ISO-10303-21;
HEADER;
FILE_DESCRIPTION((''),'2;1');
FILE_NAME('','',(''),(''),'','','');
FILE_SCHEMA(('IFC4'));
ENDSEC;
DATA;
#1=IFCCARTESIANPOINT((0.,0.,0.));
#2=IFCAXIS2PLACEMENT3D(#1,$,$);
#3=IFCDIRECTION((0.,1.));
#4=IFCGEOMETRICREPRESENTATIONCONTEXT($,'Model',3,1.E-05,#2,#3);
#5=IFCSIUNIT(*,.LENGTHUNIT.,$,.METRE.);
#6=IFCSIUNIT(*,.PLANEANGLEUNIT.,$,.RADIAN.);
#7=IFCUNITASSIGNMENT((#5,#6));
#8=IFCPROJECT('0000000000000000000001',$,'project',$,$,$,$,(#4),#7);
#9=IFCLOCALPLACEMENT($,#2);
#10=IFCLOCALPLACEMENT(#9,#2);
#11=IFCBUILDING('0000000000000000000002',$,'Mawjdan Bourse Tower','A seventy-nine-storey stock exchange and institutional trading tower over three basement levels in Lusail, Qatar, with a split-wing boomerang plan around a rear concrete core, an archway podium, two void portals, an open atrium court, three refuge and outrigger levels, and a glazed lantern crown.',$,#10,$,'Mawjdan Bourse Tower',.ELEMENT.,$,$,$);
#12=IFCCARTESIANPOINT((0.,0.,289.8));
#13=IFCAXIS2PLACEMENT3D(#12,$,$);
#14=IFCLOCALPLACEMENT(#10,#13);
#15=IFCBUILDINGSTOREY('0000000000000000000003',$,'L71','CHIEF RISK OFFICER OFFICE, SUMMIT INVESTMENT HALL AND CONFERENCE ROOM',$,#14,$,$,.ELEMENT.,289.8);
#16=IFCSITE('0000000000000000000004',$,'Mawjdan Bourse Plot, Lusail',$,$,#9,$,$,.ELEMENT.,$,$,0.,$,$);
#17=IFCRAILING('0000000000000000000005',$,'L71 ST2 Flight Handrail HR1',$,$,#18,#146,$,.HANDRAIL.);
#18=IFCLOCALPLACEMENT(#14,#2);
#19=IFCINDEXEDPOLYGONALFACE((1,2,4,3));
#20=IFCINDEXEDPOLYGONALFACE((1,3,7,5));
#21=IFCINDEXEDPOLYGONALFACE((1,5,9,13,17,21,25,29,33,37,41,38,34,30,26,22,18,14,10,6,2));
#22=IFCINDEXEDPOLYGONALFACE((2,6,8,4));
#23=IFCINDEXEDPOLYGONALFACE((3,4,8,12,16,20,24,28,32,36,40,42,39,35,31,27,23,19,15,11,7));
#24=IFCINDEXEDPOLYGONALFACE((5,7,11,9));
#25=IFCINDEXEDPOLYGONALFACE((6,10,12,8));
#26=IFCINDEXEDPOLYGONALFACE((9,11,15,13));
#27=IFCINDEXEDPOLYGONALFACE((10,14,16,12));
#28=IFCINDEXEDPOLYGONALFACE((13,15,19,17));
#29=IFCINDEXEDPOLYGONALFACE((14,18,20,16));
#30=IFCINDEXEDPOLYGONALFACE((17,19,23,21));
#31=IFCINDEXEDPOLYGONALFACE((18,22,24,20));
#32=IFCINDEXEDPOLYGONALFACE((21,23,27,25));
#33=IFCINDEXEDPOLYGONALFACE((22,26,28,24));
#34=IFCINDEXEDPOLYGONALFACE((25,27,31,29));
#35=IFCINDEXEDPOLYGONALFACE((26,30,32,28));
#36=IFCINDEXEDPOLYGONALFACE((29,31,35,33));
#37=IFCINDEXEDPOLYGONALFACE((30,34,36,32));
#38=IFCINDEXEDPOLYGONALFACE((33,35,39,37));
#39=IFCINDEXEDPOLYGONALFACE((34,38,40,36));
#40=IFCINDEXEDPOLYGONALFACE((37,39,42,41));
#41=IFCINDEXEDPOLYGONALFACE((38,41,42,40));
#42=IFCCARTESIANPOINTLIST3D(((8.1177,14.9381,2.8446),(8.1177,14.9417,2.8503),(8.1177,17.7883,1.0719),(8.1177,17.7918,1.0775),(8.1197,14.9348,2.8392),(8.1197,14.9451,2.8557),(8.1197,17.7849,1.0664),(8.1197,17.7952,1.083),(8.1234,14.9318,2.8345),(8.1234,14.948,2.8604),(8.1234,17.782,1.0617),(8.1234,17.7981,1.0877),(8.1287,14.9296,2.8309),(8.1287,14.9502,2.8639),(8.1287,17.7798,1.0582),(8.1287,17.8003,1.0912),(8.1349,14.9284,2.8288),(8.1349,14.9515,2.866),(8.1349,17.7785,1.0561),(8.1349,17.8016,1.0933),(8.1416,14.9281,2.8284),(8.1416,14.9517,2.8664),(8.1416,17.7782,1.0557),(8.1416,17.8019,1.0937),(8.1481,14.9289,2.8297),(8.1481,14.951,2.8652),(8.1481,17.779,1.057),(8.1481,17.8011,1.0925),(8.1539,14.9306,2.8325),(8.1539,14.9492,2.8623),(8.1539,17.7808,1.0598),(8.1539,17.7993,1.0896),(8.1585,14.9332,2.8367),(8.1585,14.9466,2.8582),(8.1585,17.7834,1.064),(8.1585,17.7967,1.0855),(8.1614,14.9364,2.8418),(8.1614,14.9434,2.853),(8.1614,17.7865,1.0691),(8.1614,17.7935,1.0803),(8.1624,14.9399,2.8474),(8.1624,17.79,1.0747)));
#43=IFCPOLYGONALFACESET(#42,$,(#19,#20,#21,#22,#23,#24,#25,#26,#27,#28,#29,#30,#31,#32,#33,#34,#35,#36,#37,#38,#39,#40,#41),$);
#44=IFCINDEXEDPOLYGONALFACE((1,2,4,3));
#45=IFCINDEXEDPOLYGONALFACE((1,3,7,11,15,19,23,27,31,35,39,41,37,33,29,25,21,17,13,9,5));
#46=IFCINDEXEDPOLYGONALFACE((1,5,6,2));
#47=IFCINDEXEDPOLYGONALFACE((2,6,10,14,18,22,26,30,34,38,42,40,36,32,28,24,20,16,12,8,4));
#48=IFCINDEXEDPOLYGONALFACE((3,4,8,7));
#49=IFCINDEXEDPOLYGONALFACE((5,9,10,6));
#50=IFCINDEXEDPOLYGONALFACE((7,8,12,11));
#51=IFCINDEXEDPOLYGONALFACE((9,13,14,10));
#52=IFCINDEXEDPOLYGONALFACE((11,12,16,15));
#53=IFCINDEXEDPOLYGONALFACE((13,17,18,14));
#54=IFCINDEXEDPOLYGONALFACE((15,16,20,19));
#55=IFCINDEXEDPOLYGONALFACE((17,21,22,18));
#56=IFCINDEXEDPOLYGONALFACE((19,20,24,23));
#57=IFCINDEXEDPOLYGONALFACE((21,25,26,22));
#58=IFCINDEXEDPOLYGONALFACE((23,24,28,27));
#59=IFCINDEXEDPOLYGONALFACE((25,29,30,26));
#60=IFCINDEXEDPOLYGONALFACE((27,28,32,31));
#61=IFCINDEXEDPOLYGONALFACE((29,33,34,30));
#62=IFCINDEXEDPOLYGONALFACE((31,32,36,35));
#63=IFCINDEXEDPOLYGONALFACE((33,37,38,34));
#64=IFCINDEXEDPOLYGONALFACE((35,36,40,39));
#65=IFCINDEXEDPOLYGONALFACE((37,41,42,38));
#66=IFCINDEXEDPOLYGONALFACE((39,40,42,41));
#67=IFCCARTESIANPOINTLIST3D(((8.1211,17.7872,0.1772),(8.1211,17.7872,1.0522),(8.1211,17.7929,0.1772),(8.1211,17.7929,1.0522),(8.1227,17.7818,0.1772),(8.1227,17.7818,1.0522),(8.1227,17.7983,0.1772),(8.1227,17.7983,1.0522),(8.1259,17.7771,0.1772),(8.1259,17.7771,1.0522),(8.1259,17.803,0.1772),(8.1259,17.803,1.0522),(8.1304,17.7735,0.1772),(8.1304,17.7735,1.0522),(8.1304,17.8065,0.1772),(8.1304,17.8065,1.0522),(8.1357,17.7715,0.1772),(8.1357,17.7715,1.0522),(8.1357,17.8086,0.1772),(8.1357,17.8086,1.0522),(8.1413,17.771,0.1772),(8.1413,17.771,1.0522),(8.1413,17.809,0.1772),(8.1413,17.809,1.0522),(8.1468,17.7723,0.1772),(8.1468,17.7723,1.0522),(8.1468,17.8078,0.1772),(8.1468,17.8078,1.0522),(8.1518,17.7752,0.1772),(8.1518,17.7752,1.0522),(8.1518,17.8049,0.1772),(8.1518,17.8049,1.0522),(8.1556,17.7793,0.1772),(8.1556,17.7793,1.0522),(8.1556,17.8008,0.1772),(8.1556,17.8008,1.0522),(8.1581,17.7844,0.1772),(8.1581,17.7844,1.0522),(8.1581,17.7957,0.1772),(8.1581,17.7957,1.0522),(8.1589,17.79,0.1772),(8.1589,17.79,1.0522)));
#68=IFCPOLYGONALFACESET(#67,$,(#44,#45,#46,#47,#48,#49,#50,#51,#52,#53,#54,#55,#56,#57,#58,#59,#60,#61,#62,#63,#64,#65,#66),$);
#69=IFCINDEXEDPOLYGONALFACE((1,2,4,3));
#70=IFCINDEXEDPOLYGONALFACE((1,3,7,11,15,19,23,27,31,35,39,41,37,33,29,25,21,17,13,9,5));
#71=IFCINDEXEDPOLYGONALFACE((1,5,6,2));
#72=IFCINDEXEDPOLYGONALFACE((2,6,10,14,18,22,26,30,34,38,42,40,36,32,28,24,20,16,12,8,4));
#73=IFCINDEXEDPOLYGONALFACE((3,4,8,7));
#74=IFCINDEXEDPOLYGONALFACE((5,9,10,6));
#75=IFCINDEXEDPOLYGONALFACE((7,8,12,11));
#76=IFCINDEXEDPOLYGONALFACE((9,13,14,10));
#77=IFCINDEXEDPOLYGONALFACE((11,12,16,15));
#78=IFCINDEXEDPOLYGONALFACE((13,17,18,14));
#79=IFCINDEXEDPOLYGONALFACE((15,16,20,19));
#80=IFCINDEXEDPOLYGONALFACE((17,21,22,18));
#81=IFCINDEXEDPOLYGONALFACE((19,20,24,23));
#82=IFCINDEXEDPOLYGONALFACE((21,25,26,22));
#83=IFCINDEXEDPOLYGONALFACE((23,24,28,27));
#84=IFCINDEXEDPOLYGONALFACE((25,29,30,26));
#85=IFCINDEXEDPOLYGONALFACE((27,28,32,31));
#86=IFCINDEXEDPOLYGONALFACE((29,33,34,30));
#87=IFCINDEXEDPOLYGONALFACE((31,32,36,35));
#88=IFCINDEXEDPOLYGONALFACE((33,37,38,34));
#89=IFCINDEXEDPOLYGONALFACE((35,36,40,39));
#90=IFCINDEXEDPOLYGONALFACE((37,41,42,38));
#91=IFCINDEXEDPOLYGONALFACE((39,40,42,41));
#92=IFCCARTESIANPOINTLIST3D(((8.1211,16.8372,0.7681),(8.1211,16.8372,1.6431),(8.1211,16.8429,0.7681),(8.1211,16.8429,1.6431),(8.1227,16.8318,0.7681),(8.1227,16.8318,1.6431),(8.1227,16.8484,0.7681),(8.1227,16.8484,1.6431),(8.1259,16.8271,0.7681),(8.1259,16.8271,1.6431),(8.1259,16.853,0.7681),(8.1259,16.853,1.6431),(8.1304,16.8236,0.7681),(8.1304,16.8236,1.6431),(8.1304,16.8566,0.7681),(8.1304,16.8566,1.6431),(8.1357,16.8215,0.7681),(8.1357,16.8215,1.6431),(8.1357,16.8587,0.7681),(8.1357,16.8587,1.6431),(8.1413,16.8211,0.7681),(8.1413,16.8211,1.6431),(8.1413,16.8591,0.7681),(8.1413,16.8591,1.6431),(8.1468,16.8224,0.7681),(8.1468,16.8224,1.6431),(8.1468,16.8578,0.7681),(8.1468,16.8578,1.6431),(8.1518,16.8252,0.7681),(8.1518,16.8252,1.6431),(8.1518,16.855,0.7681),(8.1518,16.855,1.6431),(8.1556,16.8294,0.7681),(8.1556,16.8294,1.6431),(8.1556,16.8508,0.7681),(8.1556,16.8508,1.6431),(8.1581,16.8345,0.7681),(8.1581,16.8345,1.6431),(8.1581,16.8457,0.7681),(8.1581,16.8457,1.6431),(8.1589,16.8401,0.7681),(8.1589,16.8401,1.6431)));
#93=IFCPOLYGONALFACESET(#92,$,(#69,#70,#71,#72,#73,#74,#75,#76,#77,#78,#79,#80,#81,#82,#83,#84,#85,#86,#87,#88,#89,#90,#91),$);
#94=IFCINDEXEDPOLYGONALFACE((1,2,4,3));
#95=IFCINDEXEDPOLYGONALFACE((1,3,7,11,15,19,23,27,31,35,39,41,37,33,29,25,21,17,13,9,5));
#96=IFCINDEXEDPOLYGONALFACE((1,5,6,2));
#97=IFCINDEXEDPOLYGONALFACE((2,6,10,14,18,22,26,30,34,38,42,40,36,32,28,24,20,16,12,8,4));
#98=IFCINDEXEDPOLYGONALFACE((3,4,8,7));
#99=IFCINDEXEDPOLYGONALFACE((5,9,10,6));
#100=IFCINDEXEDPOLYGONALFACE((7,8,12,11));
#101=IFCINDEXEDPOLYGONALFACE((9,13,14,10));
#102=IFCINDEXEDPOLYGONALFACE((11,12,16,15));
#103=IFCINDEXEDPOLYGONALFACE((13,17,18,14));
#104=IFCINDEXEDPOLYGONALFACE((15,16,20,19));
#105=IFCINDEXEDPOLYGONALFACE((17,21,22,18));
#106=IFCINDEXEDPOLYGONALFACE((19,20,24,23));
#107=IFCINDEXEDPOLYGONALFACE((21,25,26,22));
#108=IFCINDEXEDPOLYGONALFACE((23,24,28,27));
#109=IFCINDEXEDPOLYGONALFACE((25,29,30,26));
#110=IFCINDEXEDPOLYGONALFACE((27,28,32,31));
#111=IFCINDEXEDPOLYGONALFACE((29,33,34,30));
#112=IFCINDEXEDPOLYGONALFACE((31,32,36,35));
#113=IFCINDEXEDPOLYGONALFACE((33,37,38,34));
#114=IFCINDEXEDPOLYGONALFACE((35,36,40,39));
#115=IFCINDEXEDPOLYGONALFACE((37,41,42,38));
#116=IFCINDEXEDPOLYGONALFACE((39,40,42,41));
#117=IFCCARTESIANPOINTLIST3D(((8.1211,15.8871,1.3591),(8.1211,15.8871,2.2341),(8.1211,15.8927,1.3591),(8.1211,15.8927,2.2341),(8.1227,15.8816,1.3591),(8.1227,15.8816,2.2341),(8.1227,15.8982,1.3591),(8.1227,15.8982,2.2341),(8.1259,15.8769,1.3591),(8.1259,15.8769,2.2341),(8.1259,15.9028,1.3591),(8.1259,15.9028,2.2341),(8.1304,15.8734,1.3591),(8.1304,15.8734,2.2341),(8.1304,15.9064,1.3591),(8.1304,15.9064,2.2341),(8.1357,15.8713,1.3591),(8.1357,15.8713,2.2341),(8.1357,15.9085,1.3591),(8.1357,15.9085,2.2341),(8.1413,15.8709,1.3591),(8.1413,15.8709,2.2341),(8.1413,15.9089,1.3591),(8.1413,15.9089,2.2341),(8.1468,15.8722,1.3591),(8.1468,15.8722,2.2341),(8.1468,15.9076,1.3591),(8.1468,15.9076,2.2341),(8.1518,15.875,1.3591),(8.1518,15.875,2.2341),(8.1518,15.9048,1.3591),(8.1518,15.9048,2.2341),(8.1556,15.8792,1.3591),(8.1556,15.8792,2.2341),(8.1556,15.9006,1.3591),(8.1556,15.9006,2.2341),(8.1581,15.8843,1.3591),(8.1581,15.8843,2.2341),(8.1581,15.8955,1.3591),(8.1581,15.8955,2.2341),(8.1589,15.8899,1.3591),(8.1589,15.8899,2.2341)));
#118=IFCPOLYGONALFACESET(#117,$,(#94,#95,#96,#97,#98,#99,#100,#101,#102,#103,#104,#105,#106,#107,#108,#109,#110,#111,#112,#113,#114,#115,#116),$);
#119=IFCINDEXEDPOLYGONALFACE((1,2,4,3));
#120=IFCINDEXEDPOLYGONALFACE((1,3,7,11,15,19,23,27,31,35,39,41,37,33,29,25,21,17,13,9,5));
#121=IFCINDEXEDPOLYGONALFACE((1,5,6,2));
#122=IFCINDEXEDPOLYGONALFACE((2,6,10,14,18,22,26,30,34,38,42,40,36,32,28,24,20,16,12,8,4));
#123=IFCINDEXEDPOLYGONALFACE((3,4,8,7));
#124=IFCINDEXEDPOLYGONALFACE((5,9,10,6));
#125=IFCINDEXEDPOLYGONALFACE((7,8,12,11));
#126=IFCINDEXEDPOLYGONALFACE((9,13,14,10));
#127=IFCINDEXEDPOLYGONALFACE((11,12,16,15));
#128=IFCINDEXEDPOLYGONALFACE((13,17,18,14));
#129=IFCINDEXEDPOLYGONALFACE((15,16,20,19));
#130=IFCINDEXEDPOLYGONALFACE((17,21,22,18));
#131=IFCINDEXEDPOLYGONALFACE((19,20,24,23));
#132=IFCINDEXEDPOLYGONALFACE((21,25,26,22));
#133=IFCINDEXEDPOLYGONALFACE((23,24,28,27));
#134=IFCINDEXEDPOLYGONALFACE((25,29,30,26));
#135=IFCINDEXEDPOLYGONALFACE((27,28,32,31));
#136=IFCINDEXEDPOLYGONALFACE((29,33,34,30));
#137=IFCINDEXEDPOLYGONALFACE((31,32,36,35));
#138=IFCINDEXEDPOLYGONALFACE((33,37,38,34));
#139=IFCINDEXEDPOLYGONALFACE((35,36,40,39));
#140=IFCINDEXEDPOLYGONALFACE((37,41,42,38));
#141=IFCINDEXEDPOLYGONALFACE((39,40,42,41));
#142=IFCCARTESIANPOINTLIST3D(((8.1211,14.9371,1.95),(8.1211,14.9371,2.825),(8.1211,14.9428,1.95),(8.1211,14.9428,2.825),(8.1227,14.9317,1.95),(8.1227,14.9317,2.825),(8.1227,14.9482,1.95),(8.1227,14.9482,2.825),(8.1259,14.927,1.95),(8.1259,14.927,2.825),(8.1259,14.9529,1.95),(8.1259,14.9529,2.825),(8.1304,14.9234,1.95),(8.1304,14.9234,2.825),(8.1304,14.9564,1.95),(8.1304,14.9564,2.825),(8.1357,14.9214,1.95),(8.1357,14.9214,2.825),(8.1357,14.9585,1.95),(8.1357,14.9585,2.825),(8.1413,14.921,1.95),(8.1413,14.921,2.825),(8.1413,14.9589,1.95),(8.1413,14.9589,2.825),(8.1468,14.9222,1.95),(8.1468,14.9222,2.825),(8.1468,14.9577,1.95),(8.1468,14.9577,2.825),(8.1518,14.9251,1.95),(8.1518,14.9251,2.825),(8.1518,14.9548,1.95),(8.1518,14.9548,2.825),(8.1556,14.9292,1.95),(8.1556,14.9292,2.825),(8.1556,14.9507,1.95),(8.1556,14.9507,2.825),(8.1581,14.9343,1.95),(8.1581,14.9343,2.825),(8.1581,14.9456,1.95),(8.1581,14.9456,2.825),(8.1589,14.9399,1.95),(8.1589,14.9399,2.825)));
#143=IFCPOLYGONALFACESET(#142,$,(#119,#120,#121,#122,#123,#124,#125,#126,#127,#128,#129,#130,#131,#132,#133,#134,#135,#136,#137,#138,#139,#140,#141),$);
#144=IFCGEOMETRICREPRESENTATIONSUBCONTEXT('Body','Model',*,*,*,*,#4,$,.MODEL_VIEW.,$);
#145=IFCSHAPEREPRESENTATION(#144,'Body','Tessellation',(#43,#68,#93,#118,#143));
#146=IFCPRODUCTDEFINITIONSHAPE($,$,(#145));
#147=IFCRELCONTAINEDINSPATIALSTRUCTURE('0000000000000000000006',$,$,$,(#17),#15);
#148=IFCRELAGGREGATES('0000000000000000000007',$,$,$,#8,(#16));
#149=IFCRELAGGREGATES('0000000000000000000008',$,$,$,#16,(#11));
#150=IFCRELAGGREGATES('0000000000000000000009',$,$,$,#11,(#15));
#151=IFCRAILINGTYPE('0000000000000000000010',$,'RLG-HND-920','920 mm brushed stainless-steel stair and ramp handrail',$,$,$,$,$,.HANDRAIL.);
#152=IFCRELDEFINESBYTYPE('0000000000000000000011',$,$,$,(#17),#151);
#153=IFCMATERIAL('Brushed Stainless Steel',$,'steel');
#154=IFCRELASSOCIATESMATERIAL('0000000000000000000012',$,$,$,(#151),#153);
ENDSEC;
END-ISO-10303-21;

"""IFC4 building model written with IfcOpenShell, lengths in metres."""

from ifc_helpers import new_model, si_unit, direction, frame, origin, origin_2d, place, context, subcontext, project, spatial, circle, extrude, material, type_object, element, save


model = new_model("IFC4")

# Units and contexts
model_context = context("Model", 3, precision=1e-05, world=origin(), true_north=direction((0.0, 1.0)))
body_context = subcontext(model_context, "Body", "Model", "MODEL_VIEW")
ifc_project = project(units=[si_unit("LENGTHUNIT", "METRE"), si_unit("PLANEANGLEUNIT", "RADIAN")], contexts=[model_context])

# Site, building, storey
site_placement = place(None, origin())
site = spatial("IfcSite", under=ifc_project, at=site_placement, Name="Mawjdan Bourse Plot, Lusail", CompositionType="ELEMENT", RefElevation=0.0)
building_placement = place(site_placement, origin())
building = spatial("IfcBuilding", under=site, at=building_placement, Name="Mawjdan Bourse Tower", Description="A seventy-nine-storey stock exchange and institutional trading tower over three basement levels in Lusail, Qatar, with a split-wing boomerang plan around a rear concrete core, an archway podium, two void portals, an open atrium court, three refuge and outrigger levels, and a glazed lantern crown.", LongName="Mawjdan Bourse Tower", CompositionType="ELEMENT")
storey_placement = place(building_placement, frame((0.0, 0.0, 289.8)))
storey = spatial("IfcBuildingStorey", under=building, at=storey_placement, Name="L71", Description="CHIEF RISK OFFICER OFFICE, SUMMIT INVESTMENT HALL AND CONFERENCE ROOM", CompositionType="ELEMENT", Elevation=289.8)

# Railing
ifc_material_1 = material(Name="Brushed Stainless Steel", Category="steel")
railing_type_1 = type_object("IfcRailingType", Name="RLG-HND-920", Description="920 mm brushed stainless-steel stair and ramp handrail", PredefinedType="HANDRAIL", material=ifc_material_1)
railing_1_placement = place(storey_placement, frame((8.1399, 17.79, 0.1772)))
element("IfcRailing", 1, at=railing_1_placement, inside=storey, type_object=railing_type_1, Name="L71 ST2 Flight Handrail HR1", PredefinedType="HANDRAIL", context=body_context, shape_type="SweptSolid", body=[
    extrude(circle(Radius=0.0225, at=origin_2d()), frame((0.0, 0.0, 0.8975), z_axis=(0.0, -0.849149, 0.528154), x_axis=(1.0, 0.0, 0.0)), (0.0, 0.0, 1.0), 3.3564),
    extrude(circle(Radius=0.019, at=origin_2d()), origin(), (0.0, 0.0, 1.0), 0.875),
    extrude(circle(Radius=0.019, at=origin_2d()), frame((0.0, -0.95, 0.5908)), (0.0, 0.0, 1.0), 0.875),
    extrude(circle(Radius=0.019, at=origin_2d()), frame((0.0, -1.9001, 1.1819)), (0.0, 0.0, 1.0), 0.875),
    extrude(circle(Radius=0.019, at=origin_2d()), frame((0.0, -2.8501, 1.7727)), (0.0, 0.0, 1.0), 0.875),
])

save(model, "model.ifc")
